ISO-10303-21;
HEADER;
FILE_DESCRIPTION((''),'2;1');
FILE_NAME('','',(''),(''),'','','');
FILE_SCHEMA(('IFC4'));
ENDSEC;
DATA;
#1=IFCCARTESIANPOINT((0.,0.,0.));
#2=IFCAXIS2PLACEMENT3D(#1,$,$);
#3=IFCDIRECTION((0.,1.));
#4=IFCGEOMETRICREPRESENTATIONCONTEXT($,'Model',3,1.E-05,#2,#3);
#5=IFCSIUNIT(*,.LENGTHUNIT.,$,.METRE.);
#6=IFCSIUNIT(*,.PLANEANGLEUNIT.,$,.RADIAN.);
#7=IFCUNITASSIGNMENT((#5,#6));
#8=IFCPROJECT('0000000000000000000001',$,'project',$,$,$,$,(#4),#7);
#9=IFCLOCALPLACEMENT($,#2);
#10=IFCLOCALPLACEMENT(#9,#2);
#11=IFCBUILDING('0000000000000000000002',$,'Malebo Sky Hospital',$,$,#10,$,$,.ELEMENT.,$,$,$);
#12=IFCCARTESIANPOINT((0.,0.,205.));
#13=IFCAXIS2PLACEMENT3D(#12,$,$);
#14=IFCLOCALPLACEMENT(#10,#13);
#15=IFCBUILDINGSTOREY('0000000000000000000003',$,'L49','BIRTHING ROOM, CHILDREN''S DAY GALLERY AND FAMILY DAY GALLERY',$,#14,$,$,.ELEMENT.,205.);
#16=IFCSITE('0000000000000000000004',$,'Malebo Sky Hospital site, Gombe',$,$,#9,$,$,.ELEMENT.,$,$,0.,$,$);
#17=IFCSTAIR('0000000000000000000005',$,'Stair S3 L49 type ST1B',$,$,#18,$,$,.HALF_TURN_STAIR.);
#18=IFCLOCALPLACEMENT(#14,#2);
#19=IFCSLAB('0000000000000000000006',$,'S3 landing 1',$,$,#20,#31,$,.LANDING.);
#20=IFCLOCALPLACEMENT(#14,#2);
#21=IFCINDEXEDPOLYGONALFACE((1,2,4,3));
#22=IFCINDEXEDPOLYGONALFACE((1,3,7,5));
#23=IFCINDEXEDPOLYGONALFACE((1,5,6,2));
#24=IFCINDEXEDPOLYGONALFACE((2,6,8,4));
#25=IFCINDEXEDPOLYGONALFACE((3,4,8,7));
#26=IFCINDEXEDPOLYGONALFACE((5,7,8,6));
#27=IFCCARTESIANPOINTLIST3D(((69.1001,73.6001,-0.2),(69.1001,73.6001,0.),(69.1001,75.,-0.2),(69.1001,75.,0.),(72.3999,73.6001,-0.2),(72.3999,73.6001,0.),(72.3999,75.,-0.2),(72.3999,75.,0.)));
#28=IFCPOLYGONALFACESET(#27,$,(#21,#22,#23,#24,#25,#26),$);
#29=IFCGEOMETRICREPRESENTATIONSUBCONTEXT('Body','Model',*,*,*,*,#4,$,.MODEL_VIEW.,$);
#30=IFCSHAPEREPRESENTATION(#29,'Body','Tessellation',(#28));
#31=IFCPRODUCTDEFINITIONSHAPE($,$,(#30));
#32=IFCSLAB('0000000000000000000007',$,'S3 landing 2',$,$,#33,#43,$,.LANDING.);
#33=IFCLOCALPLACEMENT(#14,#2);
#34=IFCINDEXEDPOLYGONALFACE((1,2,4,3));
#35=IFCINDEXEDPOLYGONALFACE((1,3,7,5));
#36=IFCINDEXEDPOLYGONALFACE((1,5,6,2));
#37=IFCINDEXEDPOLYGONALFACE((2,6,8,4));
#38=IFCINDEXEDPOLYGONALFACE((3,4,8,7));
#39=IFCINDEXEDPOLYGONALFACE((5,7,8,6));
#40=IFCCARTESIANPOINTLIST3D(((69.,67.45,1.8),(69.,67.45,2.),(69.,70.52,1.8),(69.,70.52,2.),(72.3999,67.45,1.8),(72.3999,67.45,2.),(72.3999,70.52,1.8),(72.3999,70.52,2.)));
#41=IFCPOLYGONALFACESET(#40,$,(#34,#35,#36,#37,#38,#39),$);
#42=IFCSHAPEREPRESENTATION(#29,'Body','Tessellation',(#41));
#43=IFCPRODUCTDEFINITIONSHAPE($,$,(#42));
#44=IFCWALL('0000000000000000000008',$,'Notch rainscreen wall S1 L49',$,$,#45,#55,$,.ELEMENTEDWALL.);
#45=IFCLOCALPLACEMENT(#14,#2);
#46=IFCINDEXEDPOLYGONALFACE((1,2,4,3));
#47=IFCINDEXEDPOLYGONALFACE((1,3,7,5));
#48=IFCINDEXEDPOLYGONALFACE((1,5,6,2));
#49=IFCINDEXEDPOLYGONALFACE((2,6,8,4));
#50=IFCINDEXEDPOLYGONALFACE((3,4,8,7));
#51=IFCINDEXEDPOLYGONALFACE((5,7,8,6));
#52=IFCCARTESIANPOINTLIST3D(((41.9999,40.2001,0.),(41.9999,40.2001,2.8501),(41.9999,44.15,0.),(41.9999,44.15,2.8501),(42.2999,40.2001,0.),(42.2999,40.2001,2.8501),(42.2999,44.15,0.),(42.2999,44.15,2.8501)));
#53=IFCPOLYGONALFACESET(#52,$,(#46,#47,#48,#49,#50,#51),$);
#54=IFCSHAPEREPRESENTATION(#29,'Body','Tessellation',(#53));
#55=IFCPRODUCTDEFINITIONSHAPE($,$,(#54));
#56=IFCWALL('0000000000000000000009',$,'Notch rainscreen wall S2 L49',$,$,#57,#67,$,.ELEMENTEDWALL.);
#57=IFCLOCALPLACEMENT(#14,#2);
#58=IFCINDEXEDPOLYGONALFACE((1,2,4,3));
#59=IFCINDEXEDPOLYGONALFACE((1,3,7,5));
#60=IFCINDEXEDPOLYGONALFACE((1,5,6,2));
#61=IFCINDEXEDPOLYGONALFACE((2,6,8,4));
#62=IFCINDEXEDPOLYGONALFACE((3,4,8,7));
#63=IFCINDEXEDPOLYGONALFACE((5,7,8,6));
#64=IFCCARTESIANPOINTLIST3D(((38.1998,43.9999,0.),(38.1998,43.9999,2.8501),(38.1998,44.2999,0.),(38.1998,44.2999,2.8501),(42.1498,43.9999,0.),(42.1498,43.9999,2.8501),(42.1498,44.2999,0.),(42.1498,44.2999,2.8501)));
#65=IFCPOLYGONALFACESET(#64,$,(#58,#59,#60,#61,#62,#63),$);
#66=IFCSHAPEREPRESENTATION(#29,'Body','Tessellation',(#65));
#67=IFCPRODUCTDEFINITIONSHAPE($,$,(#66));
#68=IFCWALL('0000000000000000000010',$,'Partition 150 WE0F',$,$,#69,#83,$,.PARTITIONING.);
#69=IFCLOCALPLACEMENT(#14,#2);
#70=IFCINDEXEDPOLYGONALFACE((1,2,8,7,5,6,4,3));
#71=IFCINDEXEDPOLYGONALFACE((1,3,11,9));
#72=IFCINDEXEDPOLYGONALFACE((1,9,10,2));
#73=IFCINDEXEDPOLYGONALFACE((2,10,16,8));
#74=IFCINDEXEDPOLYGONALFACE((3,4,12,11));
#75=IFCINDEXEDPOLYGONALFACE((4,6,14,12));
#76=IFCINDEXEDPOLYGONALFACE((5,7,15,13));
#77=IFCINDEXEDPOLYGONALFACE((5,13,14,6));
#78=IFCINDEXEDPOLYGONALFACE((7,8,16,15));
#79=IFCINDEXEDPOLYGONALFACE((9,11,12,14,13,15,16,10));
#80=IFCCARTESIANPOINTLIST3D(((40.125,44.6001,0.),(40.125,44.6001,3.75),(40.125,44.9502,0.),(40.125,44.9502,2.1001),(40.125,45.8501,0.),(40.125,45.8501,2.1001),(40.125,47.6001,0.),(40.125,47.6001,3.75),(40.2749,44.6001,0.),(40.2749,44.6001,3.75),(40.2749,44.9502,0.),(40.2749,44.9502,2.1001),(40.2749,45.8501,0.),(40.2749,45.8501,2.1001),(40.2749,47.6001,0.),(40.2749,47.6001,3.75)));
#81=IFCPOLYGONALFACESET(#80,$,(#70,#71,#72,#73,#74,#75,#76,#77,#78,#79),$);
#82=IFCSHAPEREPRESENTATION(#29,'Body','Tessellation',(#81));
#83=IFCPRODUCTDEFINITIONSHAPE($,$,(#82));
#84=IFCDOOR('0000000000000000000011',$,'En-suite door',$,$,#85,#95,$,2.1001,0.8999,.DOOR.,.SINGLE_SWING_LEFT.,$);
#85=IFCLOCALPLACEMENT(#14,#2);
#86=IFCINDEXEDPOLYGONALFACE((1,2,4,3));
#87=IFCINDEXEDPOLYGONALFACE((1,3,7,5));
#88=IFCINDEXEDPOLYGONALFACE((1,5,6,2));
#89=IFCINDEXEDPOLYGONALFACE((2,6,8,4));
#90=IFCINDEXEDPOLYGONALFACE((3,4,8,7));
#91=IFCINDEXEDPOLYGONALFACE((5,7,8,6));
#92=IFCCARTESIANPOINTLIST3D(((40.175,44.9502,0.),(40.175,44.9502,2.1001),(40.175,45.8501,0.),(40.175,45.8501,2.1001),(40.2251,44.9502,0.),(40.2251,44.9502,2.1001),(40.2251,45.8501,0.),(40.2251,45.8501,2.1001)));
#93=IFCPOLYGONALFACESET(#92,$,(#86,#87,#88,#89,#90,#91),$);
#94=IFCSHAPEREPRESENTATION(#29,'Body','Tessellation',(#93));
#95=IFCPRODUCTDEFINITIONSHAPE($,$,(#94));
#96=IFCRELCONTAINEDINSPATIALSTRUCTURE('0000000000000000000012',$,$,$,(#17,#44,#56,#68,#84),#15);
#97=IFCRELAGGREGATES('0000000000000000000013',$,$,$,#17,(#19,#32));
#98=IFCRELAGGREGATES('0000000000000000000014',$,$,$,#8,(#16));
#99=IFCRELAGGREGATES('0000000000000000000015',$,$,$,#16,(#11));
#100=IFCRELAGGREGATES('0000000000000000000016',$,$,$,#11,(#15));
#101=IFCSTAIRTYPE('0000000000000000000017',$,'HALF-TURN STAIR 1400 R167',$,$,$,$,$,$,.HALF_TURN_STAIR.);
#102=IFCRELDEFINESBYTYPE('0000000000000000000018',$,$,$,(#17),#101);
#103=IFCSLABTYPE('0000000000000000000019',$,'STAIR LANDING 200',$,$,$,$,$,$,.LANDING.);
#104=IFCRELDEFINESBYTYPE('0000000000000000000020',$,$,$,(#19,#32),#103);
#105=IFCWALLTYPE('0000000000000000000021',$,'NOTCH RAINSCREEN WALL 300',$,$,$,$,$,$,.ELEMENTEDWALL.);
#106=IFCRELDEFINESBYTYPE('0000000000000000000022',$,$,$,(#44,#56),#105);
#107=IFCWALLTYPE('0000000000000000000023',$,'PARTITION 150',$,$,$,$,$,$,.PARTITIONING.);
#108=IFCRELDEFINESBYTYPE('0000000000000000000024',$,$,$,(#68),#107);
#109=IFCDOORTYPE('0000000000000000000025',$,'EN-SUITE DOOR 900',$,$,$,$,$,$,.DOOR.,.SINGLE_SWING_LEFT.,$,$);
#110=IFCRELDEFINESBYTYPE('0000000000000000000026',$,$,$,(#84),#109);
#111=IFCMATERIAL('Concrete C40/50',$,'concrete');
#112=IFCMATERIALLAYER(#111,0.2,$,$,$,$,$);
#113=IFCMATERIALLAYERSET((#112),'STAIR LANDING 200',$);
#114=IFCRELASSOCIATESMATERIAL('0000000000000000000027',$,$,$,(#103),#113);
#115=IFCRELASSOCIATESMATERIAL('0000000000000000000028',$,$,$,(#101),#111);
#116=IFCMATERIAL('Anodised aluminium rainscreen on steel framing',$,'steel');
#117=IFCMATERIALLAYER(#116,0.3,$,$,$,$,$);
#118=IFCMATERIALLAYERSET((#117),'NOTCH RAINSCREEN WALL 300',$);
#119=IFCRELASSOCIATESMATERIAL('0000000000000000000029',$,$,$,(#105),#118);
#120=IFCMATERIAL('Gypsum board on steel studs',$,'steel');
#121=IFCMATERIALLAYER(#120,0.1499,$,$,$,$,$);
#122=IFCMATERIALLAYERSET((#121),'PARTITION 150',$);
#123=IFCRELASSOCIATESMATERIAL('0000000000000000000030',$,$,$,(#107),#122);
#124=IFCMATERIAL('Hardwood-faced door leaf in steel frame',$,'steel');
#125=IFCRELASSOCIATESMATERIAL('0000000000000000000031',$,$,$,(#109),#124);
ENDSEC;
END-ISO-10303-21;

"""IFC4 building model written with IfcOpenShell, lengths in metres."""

from ifc_helpers import new_model, si_unit, direction, frame, frame_2d, origin, place, context, subcontext, project, spatial, polyline, rectangle, outline, extrude, material, layer, layer_set, type_object, element, fill, aggregate, save


model = new_model("IFC4")

# Units and contexts
model_context = context("Model", 3, precision=1e-05, world=origin(), true_north=direction((0.0, 1.0)))
body_context = subcontext(model_context, "Body", "Model", "MODEL_VIEW")
ifc_project = project(units=[si_unit("LENGTHUNIT", "METRE"), si_unit("PLANEANGLEUNIT", "RADIAN")], contexts=[model_context])

# Site, building, storey
site_placement = place(None, origin())
site = spatial("IfcSite", under=ifc_project, at=site_placement, Name="Malebo Sky Hospital site, Gombe", CompositionType="ELEMENT", RefElevation=0.0)
building_placement = place(site_placement, origin())
building = spatial("IfcBuilding", under=site, at=building_placement, Name="Malebo Sky Hospital", CompositionType="ELEMENT")
storey_placement = place(building_placement, frame((0.0, 0.0, 205.0)))
storey = spatial("IfcBuildingStorey", under=building, at=storey_placement, Name="L49", Description="BIRTHING ROOM, CHILDREN'S DAY GALLERY AND FAMILY DAY GALLERY", CompositionType="ELEMENT", Elevation=205.0)

# Shared definitions
ifc_material_1 = material(Name="Concrete C40/50", Category="concrete")

# Stair, slabs
ifc_layer_1 = layer(ifc_material_1, 0.2)
ifc_layer_set_1 = layer_set([ifc_layer_1], Name="STAIR LANDING 200")
slab_type_1 = type_object("IfcSlabType", Name="STAIR LANDING 200", PredefinedType="LANDING", material=ifc_layer_set_1)
stair_type_1 = type_object("IfcStairType", Name="HALF-TURN STAIR 1400 R167", PredefinedType="HALF_TURN_STAIR", material=ifc_material_1)
stair_1_placement = place(storey_placement, origin())
stair_1 = element("IfcStair", 1, at=stair_1_placement, inside=storey, type_object=stair_type_1, Name="Stair S3 L49 type ST1B", PredefinedType="HALF_TURN_STAIR")
slab_1_placement = place(storey_placement, frame((0.0, 0.0, -0.2)))
slab_1 = element("IfcSlab", 2, at=slab_1_placement, type_object=slab_type_1, Name="S3 landing 1", PredefinedType="LANDING", context=body_context, shape_type="SweptSolid", body=[
    extrude(outline(polyline([(69.1001, 73.6001), (72.3999, 73.6001), (72.3999, 75.0), (69.1001, 75.0), (69.1001, 73.6001)])), origin(), (0.0, 0.0, 1.0), 0.2),
])
slab_2_placement = place(storey_placement, frame((0.0, 0.0, 1.8)))
slab_2 = element("IfcSlab", 3, at=slab_2_placement, type_object=slab_type_1, Name="S3 landing 2", PredefinedType="LANDING", context=body_context, shape_type="SweptSolid", body=[
    extrude(outline(polyline([(69.0, 67.45), (72.3999, 67.45), (72.3999, 70.52), (69.0, 70.52), (69.0, 67.45)])), origin(), (0.0, 0.0, 1.0), 0.2),
])
aggregate(stair_1, [slab_1, slab_2])

# Walls
ifc_material_2 = material(Name="Anodised aluminium rainscreen on steel framing", Category="steel")
ifc_layer_2 = layer(ifc_material_2, 0.3)
ifc_layer_set_2 = layer_set([ifc_layer_2], Name="NOTCH RAINSCREEN WALL 300")
wall_type_1 = type_object("IfcWallType", Name="NOTCH RAINSCREEN WALL 300", PredefinedType="ELEMENTEDWALL", material=ifc_layer_set_2)
for number, where, z_axis, x_axis, name in (
    (4, (42.1499, 40.2, 0.0), (0.0, 0.0, 1.0), (0.0, 1.0, 0.0), "Notch rainscreen wall S1 L49"),
    (5, (42.1499, 44.1499, 0.0), (0.0, 0.0, 1.0), (-1.0, 0.0, 0.0), "Notch rainscreen wall S2 L49"),
):
    element("IfcWall", number, at=place(storey_placement, frame(where, z_axis=z_axis, x_axis=x_axis)), inside=storey, type_object=wall_type_1, Name=name, PredefinedType="ELEMENTEDWALL", context=body_context, shape_type="SweptSolid", body=[
        extrude(rectangle(XDim=3.95, YDim=0.3, at=frame_2d((1.9751, 0.0))), origin(), (0.0, 0.0, 1.0), 2.8501),
    ])

# Wall, opening, door
ifc_material_3 = material(Name="Gypsum board on steel studs", Category="steel")
ifc_layer_3 = layer(ifc_material_3, 0.1499)
ifc_layer_set_3 = layer_set([ifc_layer_3], Name="PARTITION 150")
wall_type_2 = type_object("IfcWallType", Name="PARTITION 150", PredefinedType="PARTITIONING", material=ifc_layer_set_3)
wall_placement = place(storey_placement, frame((40.2, 44.6001, 0.0), z_axis=(0.0, 0.0, 1.0), x_axis=(0.0, 1.0, 0.0)))
wall = element("IfcWall", 6, at=wall_placement, inside=storey, type_object=wall_type_2, Name="Partition 150 WE0F", PredefinedType="PARTITIONING", context=body_context, shape_type="SweptSolid", body=[
    extrude(rectangle(XDim=3.0, YDim=0.1499, at=frame_2d((1.5, 0.0))), origin(), (0.0, 0.0, 1.0), 3.75),
])
opening_placement = place(wall_placement, frame((0.3501, 0.0, 0.0)))
opening = element("IfcOpeningElement", 7, at=opening_placement, cuts=wall, PredefinedType="OPENING", context=body_context, shape_type="SweptSolid", body=[
    extrude(rectangle(XDim=0.8999, YDim=2.1001, at=frame_2d((0.45, 1.05))), frame((0.0, 0.085, 0.0), z_axis=(0.0, -1.0, 0.0), x_axis=(1.0, 0.0, 0.0)), (0.0, 0.0, 1.0), 0.1699),
])
ifc_material_4 = material(Name="Hardwood-faced door leaf in steel frame", Category="steel")
door_type = type_object("IfcDoorType", Name="EN-SUITE DOOR 900", OperationType="SINGLE_SWING_LEFT", PredefinedType="DOOR", material=ifc_material_4)
door_placement = place(opening_placement, origin())
door = element("IfcDoor", 8, at=door_placement, inside=storey, type_object=door_type, Name="En-suite door", OperationType="SINGLE_SWING_LEFT", OverallHeight=2.1001, OverallWidth=0.8999, PredefinedType="DOOR", context=body_context, shape_type="SweptSolid", body=[
    extrude(rectangle(XDim=0.8999, YDim=2.1001, at=frame_2d((0.45, 1.05))), frame((0.0, 0.0249, 0.0), z_axis=(0.0, -1.0, 0.0), x_axis=(1.0, 0.0, 0.0)), (0.0, 0.0, 1.0), 0.05),
])
fill(opening, door)

save(model, "model.ifc")
